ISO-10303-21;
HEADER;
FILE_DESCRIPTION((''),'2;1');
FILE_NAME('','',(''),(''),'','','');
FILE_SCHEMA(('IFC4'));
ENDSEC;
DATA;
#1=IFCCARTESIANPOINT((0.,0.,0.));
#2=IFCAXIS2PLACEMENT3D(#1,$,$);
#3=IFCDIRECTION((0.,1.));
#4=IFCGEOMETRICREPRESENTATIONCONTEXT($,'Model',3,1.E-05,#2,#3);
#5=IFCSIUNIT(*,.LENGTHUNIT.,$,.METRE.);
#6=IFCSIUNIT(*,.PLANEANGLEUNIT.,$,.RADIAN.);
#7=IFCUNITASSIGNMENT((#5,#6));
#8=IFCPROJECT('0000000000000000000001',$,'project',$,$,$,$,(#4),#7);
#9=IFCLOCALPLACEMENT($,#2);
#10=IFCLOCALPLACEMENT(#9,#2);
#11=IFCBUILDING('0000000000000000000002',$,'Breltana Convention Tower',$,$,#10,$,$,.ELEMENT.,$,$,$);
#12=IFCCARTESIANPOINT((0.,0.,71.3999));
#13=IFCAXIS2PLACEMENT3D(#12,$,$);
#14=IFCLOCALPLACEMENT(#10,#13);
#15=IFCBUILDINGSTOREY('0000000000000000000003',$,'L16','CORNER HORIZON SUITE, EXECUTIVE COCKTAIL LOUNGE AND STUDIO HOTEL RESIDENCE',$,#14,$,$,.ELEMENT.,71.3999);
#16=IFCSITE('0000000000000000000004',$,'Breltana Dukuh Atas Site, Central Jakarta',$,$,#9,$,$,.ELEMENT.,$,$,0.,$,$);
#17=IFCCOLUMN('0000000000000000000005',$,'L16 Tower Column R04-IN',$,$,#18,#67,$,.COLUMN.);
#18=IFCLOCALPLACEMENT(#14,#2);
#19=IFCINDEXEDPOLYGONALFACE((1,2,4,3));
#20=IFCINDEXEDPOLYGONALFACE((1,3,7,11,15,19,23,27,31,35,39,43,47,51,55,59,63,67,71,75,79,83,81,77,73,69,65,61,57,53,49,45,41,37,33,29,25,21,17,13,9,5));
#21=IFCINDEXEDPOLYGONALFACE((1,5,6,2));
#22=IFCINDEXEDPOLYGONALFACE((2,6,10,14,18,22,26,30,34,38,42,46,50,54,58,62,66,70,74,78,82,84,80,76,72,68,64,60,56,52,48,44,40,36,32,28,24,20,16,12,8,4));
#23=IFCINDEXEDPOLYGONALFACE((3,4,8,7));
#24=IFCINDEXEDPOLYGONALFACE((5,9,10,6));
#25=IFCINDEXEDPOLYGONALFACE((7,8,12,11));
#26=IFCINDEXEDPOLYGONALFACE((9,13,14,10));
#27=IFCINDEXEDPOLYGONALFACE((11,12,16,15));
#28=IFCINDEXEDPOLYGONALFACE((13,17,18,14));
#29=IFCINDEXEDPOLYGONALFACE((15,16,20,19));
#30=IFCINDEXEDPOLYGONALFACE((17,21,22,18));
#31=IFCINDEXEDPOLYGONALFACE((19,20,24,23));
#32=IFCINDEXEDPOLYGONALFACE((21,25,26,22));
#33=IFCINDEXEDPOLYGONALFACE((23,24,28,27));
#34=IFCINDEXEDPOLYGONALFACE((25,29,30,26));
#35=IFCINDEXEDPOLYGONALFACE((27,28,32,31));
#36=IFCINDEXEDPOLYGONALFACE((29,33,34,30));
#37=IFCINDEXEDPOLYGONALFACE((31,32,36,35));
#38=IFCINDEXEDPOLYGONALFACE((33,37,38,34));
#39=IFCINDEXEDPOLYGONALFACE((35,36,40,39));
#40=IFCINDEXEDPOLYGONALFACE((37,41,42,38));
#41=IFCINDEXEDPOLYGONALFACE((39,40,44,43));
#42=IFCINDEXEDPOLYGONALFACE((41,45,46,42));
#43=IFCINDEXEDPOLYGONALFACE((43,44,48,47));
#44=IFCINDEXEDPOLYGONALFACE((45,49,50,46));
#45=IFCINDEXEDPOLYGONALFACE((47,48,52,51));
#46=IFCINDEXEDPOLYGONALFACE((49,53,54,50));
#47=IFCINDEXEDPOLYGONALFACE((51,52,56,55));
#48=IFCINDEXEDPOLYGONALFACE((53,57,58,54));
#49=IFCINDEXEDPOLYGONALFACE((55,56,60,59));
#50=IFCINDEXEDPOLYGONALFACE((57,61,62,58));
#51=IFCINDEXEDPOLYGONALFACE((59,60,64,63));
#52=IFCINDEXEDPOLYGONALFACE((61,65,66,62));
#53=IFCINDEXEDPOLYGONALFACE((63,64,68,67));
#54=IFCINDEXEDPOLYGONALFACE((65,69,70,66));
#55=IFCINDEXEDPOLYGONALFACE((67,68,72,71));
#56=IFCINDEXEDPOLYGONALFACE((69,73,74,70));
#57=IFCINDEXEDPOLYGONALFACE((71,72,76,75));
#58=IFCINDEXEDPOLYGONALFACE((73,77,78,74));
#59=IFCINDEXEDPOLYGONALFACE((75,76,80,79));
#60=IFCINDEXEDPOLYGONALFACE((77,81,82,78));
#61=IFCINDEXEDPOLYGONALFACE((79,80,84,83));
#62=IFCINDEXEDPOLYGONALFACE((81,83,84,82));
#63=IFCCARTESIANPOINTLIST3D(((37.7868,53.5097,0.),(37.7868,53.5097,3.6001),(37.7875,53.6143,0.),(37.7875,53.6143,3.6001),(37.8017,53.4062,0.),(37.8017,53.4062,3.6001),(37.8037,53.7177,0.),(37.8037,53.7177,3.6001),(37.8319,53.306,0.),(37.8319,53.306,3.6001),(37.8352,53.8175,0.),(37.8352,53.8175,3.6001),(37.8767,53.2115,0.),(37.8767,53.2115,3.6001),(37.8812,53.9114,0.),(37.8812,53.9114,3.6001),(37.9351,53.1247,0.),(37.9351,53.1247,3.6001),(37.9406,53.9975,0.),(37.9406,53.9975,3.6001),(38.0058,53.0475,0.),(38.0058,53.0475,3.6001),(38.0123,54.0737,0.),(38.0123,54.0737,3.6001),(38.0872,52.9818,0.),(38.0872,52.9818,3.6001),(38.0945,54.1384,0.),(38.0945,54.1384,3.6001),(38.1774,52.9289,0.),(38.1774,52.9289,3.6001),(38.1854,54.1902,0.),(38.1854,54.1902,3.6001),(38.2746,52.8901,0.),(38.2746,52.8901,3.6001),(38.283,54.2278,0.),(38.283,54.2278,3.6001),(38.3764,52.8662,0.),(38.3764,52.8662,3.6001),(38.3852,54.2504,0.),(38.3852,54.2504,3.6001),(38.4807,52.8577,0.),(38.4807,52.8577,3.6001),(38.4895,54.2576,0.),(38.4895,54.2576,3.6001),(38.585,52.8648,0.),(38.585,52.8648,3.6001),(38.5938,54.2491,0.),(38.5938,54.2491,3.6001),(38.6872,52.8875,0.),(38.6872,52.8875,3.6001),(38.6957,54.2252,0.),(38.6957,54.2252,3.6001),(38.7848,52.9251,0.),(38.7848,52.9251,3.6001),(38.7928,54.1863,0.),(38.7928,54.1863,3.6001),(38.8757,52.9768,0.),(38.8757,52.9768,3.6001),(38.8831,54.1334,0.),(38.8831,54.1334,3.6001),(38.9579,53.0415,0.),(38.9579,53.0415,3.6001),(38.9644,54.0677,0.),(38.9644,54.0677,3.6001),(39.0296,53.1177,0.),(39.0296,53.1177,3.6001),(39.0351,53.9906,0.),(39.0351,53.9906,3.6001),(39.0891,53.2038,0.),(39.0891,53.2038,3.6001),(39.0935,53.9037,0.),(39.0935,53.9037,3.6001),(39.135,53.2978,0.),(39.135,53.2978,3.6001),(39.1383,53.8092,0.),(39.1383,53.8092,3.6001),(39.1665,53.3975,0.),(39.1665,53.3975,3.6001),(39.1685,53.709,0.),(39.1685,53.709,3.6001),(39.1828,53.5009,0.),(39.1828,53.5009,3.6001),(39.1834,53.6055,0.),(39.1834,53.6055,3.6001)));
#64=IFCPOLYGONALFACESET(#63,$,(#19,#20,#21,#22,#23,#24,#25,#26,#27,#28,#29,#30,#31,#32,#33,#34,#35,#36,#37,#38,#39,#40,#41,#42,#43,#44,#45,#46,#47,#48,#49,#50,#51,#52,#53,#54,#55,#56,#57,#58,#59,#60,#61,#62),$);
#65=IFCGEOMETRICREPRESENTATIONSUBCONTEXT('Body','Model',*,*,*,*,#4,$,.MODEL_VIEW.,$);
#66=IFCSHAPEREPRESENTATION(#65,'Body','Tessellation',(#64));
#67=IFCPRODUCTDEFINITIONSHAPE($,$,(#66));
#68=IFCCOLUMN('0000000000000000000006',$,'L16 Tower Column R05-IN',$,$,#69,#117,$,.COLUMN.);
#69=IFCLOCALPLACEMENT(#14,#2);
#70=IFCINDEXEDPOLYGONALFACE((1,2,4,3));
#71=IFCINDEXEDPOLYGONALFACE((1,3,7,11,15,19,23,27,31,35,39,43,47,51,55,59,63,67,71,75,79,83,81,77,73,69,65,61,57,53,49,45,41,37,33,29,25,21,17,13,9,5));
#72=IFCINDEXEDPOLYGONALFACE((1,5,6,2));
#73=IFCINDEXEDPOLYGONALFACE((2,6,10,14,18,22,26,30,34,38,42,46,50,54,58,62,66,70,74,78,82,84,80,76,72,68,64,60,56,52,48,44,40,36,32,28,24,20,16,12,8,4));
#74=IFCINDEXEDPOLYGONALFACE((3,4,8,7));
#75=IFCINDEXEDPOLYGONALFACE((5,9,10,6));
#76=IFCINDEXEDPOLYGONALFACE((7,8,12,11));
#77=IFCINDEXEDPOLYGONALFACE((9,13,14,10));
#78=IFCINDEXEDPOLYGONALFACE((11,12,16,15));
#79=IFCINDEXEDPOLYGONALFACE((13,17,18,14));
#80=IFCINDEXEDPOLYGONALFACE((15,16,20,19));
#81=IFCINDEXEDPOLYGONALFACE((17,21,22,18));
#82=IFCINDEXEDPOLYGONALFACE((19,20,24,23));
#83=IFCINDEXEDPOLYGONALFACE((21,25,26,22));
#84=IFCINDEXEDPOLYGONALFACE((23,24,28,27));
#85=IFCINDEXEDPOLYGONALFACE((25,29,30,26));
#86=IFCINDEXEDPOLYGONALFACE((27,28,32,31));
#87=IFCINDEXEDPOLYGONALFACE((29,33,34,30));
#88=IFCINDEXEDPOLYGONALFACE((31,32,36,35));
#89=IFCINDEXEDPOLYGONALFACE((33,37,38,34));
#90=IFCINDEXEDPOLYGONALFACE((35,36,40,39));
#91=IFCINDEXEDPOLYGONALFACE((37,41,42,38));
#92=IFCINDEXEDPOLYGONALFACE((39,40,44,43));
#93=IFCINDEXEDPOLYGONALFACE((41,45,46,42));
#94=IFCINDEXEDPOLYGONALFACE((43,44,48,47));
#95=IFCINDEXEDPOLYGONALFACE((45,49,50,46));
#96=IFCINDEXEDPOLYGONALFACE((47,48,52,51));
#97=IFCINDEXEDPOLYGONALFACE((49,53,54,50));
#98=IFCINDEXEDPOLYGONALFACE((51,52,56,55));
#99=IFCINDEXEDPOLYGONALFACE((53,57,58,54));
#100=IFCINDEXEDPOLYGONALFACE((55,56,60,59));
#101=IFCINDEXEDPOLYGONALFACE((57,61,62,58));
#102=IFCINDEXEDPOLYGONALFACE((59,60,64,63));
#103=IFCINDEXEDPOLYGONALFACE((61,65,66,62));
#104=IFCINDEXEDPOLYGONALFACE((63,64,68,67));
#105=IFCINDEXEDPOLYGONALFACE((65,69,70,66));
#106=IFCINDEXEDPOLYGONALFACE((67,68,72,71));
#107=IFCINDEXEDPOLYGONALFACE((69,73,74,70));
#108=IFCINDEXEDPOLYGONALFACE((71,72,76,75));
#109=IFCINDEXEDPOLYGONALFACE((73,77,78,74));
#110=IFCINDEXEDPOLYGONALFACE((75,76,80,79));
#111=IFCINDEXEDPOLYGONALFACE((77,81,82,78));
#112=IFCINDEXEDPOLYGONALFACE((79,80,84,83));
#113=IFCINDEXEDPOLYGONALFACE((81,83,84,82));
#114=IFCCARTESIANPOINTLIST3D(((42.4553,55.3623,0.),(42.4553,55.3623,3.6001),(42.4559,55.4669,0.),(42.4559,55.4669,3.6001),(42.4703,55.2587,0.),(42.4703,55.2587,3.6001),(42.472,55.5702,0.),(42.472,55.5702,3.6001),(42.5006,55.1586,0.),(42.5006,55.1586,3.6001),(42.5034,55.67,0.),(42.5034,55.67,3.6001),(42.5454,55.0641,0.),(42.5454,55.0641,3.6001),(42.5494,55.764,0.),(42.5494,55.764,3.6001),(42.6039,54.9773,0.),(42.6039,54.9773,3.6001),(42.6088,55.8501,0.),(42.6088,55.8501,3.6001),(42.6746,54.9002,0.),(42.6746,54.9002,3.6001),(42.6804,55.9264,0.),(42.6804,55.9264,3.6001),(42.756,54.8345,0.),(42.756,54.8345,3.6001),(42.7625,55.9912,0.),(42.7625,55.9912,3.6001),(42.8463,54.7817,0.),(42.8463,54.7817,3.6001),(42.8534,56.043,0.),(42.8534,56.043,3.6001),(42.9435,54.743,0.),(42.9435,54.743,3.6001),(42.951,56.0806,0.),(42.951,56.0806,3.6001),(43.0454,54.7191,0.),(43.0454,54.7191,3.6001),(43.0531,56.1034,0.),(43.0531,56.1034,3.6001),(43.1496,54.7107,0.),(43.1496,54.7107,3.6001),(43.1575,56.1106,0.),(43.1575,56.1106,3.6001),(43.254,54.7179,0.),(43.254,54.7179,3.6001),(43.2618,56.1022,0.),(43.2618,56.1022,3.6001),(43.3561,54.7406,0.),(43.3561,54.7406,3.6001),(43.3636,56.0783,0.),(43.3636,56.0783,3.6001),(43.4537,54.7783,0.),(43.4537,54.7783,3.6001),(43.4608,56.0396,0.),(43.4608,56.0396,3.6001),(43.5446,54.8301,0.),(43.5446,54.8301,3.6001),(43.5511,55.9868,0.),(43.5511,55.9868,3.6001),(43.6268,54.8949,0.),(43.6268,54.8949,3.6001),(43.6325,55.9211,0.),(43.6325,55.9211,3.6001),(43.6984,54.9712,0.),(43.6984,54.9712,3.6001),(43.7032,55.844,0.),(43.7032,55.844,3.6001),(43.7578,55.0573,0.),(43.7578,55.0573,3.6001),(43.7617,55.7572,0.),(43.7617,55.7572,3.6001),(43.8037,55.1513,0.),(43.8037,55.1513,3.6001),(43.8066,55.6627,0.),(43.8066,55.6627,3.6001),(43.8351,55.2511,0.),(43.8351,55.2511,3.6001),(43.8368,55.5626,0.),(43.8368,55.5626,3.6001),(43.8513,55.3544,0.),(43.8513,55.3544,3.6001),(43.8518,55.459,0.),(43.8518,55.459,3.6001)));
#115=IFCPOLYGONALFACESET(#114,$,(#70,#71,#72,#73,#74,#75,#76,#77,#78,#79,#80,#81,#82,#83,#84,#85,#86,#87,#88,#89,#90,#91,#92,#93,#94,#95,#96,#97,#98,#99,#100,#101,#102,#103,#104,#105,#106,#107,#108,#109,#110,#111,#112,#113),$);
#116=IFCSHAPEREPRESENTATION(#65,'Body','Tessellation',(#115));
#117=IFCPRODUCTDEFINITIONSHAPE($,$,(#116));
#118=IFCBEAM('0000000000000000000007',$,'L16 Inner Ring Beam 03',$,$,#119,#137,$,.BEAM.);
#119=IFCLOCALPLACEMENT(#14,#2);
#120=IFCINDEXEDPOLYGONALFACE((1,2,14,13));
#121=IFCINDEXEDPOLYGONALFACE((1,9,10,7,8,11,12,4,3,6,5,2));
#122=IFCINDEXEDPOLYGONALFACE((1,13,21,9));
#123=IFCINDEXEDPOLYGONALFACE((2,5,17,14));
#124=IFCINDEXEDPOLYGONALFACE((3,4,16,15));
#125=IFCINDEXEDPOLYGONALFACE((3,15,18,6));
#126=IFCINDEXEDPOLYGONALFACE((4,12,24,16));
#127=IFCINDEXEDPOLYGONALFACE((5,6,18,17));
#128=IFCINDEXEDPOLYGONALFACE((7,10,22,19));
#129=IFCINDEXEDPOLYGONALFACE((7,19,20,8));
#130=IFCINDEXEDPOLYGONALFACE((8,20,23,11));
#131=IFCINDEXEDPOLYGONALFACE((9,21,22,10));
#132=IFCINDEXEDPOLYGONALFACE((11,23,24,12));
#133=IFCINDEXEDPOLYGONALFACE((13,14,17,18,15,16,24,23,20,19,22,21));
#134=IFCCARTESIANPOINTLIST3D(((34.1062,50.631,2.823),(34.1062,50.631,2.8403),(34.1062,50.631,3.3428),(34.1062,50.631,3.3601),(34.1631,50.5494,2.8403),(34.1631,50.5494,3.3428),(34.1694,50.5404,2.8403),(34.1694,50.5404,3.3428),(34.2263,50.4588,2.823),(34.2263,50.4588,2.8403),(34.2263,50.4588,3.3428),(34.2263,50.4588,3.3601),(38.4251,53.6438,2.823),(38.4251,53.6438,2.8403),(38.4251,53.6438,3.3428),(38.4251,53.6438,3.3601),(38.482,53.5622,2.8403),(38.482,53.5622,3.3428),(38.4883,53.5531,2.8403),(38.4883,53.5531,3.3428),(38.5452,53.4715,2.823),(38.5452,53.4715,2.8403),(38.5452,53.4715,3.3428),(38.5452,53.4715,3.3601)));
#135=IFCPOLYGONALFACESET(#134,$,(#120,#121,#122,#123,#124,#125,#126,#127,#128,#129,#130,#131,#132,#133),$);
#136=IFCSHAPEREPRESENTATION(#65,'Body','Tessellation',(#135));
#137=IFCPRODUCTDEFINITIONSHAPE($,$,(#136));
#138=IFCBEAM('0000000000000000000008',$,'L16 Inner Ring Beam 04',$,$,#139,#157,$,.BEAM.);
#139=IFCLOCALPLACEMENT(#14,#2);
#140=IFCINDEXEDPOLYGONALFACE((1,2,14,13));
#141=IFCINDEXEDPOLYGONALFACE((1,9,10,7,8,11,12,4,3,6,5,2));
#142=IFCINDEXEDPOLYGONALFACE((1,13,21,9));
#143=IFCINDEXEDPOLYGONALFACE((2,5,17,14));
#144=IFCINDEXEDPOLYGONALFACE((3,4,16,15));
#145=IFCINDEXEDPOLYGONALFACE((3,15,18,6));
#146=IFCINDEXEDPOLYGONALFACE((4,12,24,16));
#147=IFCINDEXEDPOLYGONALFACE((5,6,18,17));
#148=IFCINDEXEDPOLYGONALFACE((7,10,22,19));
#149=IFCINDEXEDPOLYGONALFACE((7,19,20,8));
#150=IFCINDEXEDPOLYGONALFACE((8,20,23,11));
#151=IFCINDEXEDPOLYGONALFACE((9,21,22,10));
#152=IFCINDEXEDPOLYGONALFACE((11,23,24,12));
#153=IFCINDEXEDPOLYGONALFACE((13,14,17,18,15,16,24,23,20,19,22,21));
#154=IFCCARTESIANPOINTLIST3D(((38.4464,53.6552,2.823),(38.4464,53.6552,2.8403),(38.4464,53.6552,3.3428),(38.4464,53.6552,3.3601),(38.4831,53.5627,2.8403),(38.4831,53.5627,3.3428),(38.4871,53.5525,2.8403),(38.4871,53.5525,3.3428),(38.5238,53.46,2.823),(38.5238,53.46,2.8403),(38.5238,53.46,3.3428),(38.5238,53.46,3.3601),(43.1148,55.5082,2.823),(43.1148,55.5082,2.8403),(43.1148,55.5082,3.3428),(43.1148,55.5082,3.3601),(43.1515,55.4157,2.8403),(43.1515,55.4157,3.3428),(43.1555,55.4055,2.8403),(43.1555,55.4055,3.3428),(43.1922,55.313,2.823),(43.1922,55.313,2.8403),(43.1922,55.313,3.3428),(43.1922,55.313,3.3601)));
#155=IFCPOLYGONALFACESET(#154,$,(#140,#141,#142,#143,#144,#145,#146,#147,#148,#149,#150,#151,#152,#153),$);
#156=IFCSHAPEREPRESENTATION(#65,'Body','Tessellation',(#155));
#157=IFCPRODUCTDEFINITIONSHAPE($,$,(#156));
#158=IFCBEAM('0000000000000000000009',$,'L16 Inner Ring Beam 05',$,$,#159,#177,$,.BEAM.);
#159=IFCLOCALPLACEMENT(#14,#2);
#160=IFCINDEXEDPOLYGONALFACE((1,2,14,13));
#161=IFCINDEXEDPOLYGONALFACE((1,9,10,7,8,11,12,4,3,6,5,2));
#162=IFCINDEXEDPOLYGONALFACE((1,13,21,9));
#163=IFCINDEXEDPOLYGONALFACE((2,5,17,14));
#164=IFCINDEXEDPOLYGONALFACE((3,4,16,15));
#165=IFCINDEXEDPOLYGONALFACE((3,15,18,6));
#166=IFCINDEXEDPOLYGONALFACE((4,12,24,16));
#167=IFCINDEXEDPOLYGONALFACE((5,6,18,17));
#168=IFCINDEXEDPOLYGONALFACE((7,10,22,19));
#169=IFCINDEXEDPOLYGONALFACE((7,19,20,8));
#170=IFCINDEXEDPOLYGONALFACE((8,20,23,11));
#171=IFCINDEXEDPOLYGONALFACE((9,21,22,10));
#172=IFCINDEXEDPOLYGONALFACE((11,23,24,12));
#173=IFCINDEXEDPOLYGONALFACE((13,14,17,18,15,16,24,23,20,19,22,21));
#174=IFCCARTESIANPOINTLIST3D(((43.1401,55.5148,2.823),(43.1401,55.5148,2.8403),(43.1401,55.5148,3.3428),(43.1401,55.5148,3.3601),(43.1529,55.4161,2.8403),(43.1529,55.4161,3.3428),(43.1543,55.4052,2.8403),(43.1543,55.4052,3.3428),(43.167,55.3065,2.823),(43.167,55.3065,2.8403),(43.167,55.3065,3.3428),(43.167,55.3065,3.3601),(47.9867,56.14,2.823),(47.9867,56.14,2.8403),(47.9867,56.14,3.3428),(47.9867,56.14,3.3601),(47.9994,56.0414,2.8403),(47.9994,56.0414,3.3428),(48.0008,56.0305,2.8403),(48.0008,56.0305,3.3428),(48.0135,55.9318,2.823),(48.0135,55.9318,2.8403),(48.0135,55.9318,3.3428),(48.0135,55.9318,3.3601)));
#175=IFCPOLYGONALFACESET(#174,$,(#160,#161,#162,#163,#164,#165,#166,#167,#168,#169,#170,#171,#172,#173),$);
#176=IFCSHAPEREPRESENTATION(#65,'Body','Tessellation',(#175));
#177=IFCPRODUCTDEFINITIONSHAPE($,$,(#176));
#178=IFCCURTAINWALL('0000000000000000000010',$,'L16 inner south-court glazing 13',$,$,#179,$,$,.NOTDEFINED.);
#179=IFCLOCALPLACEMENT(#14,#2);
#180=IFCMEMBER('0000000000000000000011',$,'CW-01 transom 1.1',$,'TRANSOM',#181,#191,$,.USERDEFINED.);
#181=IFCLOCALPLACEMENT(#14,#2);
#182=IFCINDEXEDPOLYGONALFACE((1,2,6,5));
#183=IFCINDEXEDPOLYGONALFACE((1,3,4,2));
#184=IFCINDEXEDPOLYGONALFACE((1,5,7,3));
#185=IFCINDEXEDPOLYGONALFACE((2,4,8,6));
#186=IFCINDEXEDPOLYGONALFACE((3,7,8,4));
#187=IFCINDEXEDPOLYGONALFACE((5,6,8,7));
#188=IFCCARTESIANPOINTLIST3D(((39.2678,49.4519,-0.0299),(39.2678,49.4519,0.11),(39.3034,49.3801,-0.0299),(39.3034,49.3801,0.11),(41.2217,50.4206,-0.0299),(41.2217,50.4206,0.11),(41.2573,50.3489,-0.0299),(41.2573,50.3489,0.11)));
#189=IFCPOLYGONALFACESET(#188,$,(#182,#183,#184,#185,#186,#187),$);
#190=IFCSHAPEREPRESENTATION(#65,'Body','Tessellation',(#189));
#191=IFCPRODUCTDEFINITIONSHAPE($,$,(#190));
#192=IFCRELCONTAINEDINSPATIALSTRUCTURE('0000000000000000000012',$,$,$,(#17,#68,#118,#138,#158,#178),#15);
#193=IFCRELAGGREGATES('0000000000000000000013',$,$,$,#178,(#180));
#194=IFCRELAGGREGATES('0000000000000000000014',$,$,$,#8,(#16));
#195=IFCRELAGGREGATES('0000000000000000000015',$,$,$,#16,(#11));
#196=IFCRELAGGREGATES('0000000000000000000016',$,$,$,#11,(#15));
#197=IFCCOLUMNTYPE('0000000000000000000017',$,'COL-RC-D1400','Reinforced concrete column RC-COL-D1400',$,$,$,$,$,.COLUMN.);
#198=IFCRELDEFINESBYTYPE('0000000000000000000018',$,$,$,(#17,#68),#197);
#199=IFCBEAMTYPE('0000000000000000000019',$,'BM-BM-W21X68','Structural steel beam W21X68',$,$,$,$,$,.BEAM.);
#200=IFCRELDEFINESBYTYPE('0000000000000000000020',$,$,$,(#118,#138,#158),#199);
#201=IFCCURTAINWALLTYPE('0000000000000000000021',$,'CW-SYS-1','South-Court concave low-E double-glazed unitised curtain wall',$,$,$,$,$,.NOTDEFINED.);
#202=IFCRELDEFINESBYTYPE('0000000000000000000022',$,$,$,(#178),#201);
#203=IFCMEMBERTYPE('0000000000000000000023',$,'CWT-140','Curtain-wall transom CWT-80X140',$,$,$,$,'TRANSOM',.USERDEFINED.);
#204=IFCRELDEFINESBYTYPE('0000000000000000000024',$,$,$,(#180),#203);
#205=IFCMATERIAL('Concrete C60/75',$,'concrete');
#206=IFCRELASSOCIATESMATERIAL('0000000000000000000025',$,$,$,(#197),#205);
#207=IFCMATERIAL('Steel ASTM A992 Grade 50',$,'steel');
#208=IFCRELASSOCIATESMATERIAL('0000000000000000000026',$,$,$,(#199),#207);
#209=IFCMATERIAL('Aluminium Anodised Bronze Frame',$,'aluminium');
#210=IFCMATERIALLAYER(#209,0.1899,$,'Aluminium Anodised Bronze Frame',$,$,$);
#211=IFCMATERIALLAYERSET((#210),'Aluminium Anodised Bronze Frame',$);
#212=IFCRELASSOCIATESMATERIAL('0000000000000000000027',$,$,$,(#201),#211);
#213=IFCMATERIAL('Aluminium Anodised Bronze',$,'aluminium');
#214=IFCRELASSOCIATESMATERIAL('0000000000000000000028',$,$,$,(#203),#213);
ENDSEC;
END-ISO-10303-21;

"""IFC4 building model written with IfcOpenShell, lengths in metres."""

from ifc_helpers import new_model, si_unit, direction, frame, origin, origin_2d, place, context, subcontext, project, spatial, rectangle, circle, i_section, extrude, source, transform, mapped, material, layer, layer_set, material_profile, profile_set, type_object, element, aggregate, save


model = new_model("IFC4")

# Units and contexts
model_context = context("Model", 3, precision=1e-05, world=origin(), true_north=direction((0.0, 1.0)))
body_context = subcontext(model_context, "Body", "Model", "MODEL_VIEW")
ifc_project = project(units=[si_unit("LENGTHUNIT", "METRE"), si_unit("PLANEANGLEUNIT", "RADIAN")], contexts=[model_context])

# Site, building, storey
site_placement = place(None, origin())
site = spatial("IfcSite", under=ifc_project, at=site_placement, Name="Breltana Dukuh Atas Site, Central Jakarta", CompositionType="ELEMENT", RefElevation=0.0)
building_placement = place(site_placement, origin())
building = spatial("IfcBuilding", under=site, at=building_placement, Name="Breltana Convention Tower", CompositionType="ELEMENT")
storey_placement = place(building_placement, frame((0.0, 0.0, 71.3999)))
storey = spatial("IfcBuildingStorey", under=building, at=storey_placement, Name="L16", Description="CORNER HORIZON SUITE, EXECUTIVE COCKTAIL LOUNGE AND STUDIO HOTEL RESIDENCE", CompositionType="ELEMENT", Elevation=71.3999)

# Columns
ifc_material_1 = material(Name="Concrete C60/75", Category="concrete")
ifc_material_profile_1 = material_profile(ifc_material_1, circle(Radius=0.7, at=origin_2d()), Name="RC-COL-D1400")
ifc_profile_set_1 = profile_set([ifc_material_profile_1], Name="Concrete C60/75")
column_type = type_object("IfcColumnType", Name="COL-RC-D1400", Description="Reinforced concrete column RC-COL-D1400", PredefinedType="COLUMN", material=ifc_profile_set_1)
shared_shape_1 = source(origin(), body_context, "Body", "SweptSolid", [
    extrude(circle(Radius=0.7, at=origin_2d()), origin(), (0.0, 0.0, 1.0), 3.6001),
])
for number, where, z_axis, x_axis, name in (
    (1, (38.4851, 53.5576, 0.0), (0.0, 0.0, 1.0), (-0.288698, 0.95742, 0.0), "L16 Tower Column R04-IN"),
    (2, (43.1536, 55.4106, 0.0), (0.0, 0.0, 1.0), (-0.143493, 0.989651, 0.0), "L16 Tower Column R05-IN"),
):
    element("IfcColumn", number, at=place(storey_placement, frame(where, z_axis=z_axis, x_axis=x_axis)), inside=storey, type_object=column_type, Name=name, PredefinedType="COLUMN", context=body_context, shape_type="MappedRepresentation", body=[
        mapped(shared_shape_1, transform((0.0, 0.0, 0.0), scale=1.0)),
    ])

# Beams
ifc_material_2 = material(Name="Steel ASTM A992 Grade 50", Category="steel")
ifc_material_profile_2 = material_profile(ifc_material_2, i_section(OverallWidth=0.21, OverallDepth=0.5371, WebThickness=0.011, FlangeThickness=0.0173, at=origin_2d()), Name="W21X68")
ifc_profile_set_2 = profile_set([ifc_material_profile_2], Name="Steel ASTM A992 Grade 50")
beam_type = type_object("IfcBeamType", Name="BM-BM-W21X68", Description="Structural steel beam W21X68", PredefinedType="BEAM", material=ifc_profile_set_2)
shared_shape_2 = source(origin(), body_context, "Body", "SweptSolid", [
    extrude(i_section(OverallWidth=0.21, OverallDepth=0.5371, WebThickness=0.011, FlangeThickness=0.0173, at=origin_2d()), origin(), (0.0, 0.0, 1.0), 5.2659),
])
beam_1_placement = place(storey_placement, frame((34.1663, 50.5449, 3.0916), z_axis=(0.820167, 0.572124, 0.0), x_axis=(-0.572124, 0.820167, 0.0)))
element("IfcBeam", 3, at=beam_1_placement, inside=storey, type_object=beam_type, Name="L16 Inner Ring Beam 03", PredefinedType="BEAM", context=body_context, shape_type="MappedRepresentation", body=[
    mapped(shared_shape_2, transform((0.0, 0.0, 0.0), scale=1.0)),
])
shared_shape_3 = source(origin(), body_context, "Body", "SweptSolid", [
    extrude(i_section(OverallWidth=0.21, OverallDepth=0.5371, WebThickness=0.011, FlangeThickness=0.0173, at=origin_2d()), origin(), (0.0, 0.0, 1.0), 5.0227),
])
beam_2_placement = place(storey_placement, frame((38.4851, 53.5576, 3.0916), z_axis=(0.929459, 0.368926, 0.0), x_axis=(-0.368926, 0.929459, 0.0)))
element("IfcBeam", 4, at=beam_2_placement, inside=storey, type_object=beam_type, Name="L16 Inner Ring Beam 04", PredefinedType="BEAM", context=body_context, shape_type="MappedRepresentation", body=[
    mapped(shared_shape_3, transform((0.0, 0.0, 0.0), scale=1.0)),
])
shared_shape_4 = source(origin(), body_context, "Body", "SweptSolid", [
    extrude(i_section(OverallWidth=0.21, OverallDepth=0.5371, WebThickness=0.011, FlangeThickness=0.0173, at=origin_2d()), origin(), (0.0, 0.0, 1.0), 4.8867),
])
beam_3_placement = place(storey_placement, frame((43.1536, 55.4106, 3.0916), z_axis=(0.991781, 0.127951, 0.0), x_axis=(-0.127951, 0.991781, 0.0)))
element("IfcBeam", 5, at=beam_3_placement, inside=storey, type_object=beam_type, Name="L16 Inner Ring Beam 05", PredefinedType="BEAM", context=body_context, shape_type="MappedRepresentation", body=[
    mapped(shared_shape_4, transform((0.0, 0.0, 0.0), scale=1.0)),
])

# Curtain wall, member
ifc_material_3 = material(Name="Aluminium Anodised Bronze Frame", Category="aluminium")
ifc_layer_1 = layer(ifc_material_3, 0.1899, Name="Aluminium Anodised Bronze Frame")
ifc_layer_set_1 = layer_set([ifc_layer_1], Name="Aluminium Anodised Bronze Frame")
curtain_wall_type = type_object("IfcCurtainWallType", Name="CW-SYS-1", Description="South-Court concave low-E double-glazed unitised curtain wall", PredefinedType="NOTDEFINED", material=ifc_layer_set_1)
curtain_wall_1_placement = place(storey_placement, origin())
curtain_wall_1 = element("IfcCurtainWall", 6, at=curtain_wall_1_placement, inside=storey, type_object=curtain_wall_type, Name="L16 inner south-court glazing 13", PredefinedType="NOTDEFINED")
ifc_material_4 = material(Name="Aluminium Anodised Bronze", Category="aluminium")
ifc_material_profile_3 = material_profile(ifc_material_4, rectangle(XDim=0.0801, YDim=0.1399, at=origin_2d()), Name="CWT-80X140")
ifc_profile_set_3 = profile_set([ifc_material_profile_3], Name="Aluminium Anodised Bronze")
member_type_1 = type_object("IfcMemberType", Name="CWT-140", Description="Curtain-wall transom CWT-80X140", ElementType="TRANSOM", PredefinedType="USERDEFINED", material=ifc_profile_set_3)
shared_shape_5 = source(origin(), body_context, "Body", "SweptSolid", [
    extrude(rectangle(XDim=0.0801, YDim=0.1399, at=origin_2d()), origin(), (0.0, 0.0, 1.0), 2.1809),
])
member_1_placement = place(storey_placement, frame((41.2395, 50.3848, 0.04), z_axis=(-0.895922, -0.444211, 0.0), x_axis=(0.444211, -0.895922, 0.0)))
member_1 = element("IfcMember", 7, at=member_1_placement, type_object=member_type_1, Name="CW-01 transom 1.1", ObjectType="TRANSOM", PredefinedType="USERDEFINED", context=body_context, shape_type="MappedRepresentation", body=[
    mapped(shared_shape_5, transform((0.0, 0.0, 0.0), scale=1.0)),
])

aggregate(curtain_wall_1, [member_1])

save(model, "model.ifc")
